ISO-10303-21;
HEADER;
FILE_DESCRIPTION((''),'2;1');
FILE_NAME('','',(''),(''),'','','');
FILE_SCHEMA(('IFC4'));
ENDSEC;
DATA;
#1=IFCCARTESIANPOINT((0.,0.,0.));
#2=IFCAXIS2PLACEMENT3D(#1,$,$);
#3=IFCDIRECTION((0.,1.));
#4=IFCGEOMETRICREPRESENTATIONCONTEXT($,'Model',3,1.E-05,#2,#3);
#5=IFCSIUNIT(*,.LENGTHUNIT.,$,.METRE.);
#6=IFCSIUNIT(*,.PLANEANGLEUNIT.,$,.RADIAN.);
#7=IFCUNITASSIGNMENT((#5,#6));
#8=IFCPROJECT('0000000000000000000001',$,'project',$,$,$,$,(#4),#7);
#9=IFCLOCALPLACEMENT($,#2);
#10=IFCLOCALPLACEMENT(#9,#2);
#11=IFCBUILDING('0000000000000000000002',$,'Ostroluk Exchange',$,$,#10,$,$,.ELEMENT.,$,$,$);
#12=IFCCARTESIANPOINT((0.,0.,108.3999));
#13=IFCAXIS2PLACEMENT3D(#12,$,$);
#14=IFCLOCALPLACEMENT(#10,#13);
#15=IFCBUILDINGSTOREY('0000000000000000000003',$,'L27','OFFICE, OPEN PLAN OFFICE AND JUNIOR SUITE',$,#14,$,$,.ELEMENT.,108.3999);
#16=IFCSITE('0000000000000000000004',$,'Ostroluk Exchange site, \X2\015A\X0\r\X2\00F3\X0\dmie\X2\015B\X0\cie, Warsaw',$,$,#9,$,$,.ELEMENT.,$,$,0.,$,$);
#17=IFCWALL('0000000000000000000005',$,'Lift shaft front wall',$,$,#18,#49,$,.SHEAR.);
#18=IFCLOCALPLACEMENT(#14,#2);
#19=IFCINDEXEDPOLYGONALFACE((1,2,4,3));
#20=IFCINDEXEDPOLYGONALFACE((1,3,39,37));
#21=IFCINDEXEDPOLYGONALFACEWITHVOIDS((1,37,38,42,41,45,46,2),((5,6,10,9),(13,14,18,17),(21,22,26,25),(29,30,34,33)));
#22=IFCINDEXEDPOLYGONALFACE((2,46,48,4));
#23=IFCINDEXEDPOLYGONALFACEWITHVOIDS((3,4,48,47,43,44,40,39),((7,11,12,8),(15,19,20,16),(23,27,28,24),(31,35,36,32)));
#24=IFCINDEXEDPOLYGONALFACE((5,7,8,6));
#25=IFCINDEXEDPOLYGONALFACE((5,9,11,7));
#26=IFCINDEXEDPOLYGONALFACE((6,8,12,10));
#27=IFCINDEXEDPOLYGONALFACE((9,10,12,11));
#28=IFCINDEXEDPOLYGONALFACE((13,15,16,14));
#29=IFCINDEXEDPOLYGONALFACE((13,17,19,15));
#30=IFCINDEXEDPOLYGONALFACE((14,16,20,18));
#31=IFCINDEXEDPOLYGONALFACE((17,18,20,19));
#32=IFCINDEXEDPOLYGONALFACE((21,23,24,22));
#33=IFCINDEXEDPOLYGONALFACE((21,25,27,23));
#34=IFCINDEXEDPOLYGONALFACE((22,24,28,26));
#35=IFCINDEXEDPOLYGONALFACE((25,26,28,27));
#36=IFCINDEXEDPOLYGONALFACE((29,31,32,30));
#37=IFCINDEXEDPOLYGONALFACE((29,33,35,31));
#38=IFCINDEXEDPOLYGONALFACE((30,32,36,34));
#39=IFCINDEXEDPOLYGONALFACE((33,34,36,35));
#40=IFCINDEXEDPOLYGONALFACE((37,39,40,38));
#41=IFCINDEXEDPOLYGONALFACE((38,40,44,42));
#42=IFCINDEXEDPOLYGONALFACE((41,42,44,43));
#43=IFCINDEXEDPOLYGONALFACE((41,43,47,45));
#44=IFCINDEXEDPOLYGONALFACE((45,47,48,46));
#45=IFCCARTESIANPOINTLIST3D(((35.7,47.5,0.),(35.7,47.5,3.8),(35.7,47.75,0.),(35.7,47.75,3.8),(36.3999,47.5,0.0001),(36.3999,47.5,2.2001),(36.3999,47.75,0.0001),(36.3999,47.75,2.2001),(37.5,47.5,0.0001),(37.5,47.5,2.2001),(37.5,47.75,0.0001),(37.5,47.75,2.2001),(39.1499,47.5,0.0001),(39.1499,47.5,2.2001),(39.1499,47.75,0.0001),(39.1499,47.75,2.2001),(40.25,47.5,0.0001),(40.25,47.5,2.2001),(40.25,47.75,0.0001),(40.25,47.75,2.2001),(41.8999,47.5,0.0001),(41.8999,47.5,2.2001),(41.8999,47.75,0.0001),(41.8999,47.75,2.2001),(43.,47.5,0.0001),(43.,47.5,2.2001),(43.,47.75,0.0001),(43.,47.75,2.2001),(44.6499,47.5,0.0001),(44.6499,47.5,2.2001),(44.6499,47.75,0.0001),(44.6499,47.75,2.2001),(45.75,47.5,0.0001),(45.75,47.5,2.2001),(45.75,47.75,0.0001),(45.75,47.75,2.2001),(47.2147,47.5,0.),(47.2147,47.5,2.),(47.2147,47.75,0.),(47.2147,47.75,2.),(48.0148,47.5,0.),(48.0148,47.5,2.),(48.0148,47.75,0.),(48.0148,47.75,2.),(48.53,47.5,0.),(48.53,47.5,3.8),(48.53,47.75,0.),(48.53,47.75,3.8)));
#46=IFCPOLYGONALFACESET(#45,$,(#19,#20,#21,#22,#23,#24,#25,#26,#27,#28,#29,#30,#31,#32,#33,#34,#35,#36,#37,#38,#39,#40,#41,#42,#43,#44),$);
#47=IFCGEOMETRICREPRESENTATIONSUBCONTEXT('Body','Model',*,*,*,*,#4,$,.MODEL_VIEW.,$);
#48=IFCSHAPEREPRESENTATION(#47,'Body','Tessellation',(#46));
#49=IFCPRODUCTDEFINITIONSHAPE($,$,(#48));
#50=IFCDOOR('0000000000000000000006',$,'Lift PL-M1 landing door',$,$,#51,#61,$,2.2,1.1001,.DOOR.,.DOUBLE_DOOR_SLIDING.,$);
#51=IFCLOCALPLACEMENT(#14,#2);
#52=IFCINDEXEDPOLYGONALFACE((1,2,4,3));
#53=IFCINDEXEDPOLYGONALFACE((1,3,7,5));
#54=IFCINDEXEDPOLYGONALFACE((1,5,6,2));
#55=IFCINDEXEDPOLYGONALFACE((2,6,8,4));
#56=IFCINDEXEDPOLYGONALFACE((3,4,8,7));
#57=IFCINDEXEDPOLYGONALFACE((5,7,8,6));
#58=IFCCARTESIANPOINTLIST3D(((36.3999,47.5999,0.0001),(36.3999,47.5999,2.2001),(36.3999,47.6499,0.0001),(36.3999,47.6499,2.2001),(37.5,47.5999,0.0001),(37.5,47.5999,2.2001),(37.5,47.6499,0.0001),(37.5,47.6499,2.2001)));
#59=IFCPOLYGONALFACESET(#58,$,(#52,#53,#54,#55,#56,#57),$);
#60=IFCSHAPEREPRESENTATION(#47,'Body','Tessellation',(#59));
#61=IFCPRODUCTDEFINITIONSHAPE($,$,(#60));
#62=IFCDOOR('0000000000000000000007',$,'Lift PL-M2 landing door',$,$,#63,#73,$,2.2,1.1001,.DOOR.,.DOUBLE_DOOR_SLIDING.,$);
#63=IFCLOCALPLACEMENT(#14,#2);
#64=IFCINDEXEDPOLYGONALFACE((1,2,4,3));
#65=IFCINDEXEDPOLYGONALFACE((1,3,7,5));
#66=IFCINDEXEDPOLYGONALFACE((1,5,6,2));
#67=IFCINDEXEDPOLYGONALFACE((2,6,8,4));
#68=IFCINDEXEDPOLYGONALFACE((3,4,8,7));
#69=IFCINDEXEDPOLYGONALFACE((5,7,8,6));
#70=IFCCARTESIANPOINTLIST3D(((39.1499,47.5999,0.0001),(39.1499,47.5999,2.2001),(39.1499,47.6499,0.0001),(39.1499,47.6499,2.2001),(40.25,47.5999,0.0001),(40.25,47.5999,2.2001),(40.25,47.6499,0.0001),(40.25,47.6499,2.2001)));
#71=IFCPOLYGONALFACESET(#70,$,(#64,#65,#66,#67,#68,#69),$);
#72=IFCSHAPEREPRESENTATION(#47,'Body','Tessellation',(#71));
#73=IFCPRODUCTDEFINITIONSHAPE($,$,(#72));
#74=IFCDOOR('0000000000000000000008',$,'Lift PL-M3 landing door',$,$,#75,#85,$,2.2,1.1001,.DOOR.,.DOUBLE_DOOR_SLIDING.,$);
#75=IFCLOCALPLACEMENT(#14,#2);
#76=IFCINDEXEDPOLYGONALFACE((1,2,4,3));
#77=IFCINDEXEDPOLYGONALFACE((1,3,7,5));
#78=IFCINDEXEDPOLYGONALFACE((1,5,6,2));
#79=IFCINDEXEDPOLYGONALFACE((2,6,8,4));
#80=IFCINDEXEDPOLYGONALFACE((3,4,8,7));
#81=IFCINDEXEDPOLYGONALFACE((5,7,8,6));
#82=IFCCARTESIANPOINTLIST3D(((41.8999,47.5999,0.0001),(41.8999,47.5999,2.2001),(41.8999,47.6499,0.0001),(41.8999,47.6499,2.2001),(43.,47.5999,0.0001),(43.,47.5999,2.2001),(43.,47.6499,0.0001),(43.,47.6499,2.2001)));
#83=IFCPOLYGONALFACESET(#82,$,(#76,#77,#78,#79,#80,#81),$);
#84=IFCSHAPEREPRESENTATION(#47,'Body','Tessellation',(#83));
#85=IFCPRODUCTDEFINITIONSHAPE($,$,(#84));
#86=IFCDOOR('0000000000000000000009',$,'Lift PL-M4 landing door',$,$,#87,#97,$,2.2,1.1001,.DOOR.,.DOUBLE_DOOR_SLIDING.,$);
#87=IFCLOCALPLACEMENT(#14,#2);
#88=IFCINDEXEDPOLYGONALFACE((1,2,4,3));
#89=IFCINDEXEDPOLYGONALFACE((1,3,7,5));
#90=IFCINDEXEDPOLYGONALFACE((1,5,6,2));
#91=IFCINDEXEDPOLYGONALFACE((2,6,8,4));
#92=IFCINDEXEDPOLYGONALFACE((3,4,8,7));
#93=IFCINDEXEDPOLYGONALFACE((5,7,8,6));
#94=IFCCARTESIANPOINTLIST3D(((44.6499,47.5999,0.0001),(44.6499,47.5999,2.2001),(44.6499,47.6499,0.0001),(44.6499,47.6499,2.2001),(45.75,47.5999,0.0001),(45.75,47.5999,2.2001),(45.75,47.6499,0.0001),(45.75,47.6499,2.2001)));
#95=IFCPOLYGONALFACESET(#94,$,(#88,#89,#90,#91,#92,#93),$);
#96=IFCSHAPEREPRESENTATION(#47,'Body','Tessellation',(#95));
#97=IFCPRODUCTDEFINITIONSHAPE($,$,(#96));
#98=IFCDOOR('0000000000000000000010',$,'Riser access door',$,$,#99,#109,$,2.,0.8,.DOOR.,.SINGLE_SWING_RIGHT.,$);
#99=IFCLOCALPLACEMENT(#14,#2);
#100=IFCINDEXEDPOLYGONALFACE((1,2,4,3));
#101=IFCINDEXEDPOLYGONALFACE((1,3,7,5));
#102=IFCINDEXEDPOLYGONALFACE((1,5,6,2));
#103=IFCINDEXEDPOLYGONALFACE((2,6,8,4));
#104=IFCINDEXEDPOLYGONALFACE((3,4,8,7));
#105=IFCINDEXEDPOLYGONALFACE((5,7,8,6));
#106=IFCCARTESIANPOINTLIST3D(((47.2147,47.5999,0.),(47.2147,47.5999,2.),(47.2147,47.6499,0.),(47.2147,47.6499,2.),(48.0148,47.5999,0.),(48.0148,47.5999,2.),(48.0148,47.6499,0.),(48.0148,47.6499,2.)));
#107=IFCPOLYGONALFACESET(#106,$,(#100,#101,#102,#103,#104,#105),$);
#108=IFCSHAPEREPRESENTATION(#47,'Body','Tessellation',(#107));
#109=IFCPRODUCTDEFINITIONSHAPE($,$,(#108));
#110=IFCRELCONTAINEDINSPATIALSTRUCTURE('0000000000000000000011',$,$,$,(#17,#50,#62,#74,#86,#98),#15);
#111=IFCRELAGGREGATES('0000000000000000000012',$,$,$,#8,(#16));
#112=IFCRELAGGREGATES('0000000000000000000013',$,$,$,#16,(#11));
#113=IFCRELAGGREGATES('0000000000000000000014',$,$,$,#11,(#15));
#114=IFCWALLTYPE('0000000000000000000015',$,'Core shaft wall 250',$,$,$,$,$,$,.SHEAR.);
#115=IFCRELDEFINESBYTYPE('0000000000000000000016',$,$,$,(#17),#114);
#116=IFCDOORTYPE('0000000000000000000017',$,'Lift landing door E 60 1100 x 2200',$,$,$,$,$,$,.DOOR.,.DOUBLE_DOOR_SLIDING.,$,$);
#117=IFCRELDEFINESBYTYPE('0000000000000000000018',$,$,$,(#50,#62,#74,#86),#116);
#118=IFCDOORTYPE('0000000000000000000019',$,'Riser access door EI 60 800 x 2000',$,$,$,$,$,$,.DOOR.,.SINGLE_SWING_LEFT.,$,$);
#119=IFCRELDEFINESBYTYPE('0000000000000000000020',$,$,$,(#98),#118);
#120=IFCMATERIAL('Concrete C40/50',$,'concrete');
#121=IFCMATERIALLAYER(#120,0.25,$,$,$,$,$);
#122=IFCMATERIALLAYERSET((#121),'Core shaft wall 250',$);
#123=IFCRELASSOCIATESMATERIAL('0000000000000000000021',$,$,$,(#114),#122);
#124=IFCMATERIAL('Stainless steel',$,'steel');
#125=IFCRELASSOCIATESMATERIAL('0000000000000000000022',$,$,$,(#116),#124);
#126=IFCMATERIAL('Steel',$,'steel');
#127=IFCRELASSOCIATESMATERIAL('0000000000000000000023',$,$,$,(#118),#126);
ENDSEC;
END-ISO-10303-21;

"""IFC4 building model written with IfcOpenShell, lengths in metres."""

from ifc_helpers import new_model, si_unit, direction, frame, frame_2d, origin, place, context, subcontext, project, spatial, rectangle, extrude, material, layer, layer_set, type_object, element, fill, save


model = new_model("IFC4")

# Units and contexts
model_context = context("Model", 3, precision=1e-05, world=origin(), true_north=direction((0.0, 1.0)))
body_context = subcontext(model_context, "Body", "Model", "MODEL_VIEW")
ifc_project = project(units=[si_unit("LENGTHUNIT", "METRE"), si_unit("PLANEANGLEUNIT", "RADIAN")], contexts=[model_context])

# Site, building, storey
site_placement = place(None, origin())
site = spatial("IfcSite", under=ifc_project, at=site_placement, Name="Ostroluk Exchange site, Śródmieście, Warsaw", CompositionType="ELEMENT", RefElevation=0.0)
building_placement = place(site_placement, origin())
building = spatial("IfcBuilding", under=site, at=building_placement, Name="Ostroluk Exchange", CompositionType="ELEMENT")
storey_placement = place(building_placement, frame((0.0, 0.0, 108.3999)))
storey = spatial("IfcBuildingStorey", under=building, at=storey_placement, Name="L27", Description="OFFICE, OPEN PLAN OFFICE AND JUNIOR SUITE", CompositionType="ELEMENT", Elevation=108.3999)

# Shared definitions
ifc_material_1 = material(Name="Concrete C40/50", Category="concrete")
ifc_layer_1 = layer(ifc_material_1, 0.25)
ifc_layer_set_1 = layer_set([ifc_layer_1], Name="Core shaft wall 250")
wall_type_1 = type_object("IfcWallType", Name="Core shaft wall 250", PredefinedType="SHEAR", material=ifc_layer_set_1)

# Wall, openings, doors
wall_1_placement = place(storey_placement, frame((35.7, 47.625, 0.0), z_axis=(0.0, 0.0, 1.0), x_axis=(1.0, 0.0, 0.0)))
wall_1 = element("IfcWall", 1, at=wall_1_placement, inside=storey, type_object=wall_type_1, Name="Lift shaft front wall", PredefinedType="SHEAR", context=body_context, shape_type="SweptSolid", body=[
    extrude(rectangle(XDim=12.8301, YDim=0.25, at=frame_2d((6.415, 0.0))), origin(), (0.0, 0.0, 1.0), 3.8),
])
opening_1_placement = place(wall_1_placement, frame((0.7, 0.0, 0.0)))
opening_1 = element("IfcOpeningElement", 2, at=opening_1_placement, cuts=wall_1, PredefinedType="OPENING", context=body_context, shape_type="SweptSolid", body=[
    extrude(rectangle(XDim=1.1001, YDim=2.2, at=frame_2d((0.55, 1.1001))), frame((0.0, 0.135, 0.0), z_axis=(0.0, -1.0, 0.0), x_axis=(1.0, 0.0, 0.0)), (0.0, 0.0, 1.0), 0.27),
])
opening_2_placement = place(wall_1_placement, frame((3.45, 0.0, 0.0)))
opening_2 = element("IfcOpeningElement", 3, at=opening_2_placement, cuts=wall_1, PredefinedType="OPENING", context=body_context, shape_type="SweptSolid", body=[
    extrude(rectangle(XDim=1.1001, YDim=2.2, at=frame_2d((0.55, 1.1001))), frame((0.0, 0.135, 0.0), z_axis=(0.0, -1.0, 0.0), x_axis=(1.0, 0.0, 0.0)), (0.0, 0.0, 1.0), 0.27),
])
opening_3_placement = place(wall_1_placement, frame((6.2, 0.0, 0.0)))
opening_3 = element("IfcOpeningElement", 4, at=opening_3_placement, cuts=wall_1, PredefinedType="OPENING", context=body_context, shape_type="SweptSolid", body=[
    extrude(rectangle(XDim=1.1001, YDim=2.2, at=frame_2d((0.55, 1.1001))), frame((0.0, 0.135, 0.0), z_axis=(0.0, -1.0, 0.0), x_axis=(1.0, 0.0, 0.0)), (0.0, 0.0, 1.0), 0.27),
])
opening_4_placement = place(wall_1_placement, frame((8.95, 0.0, 0.0)))
opening_4 = element("IfcOpeningElement", 5, at=opening_4_placement, cuts=wall_1, PredefinedType="OPENING", context=body_context, shape_type="SweptSolid", body=[
    extrude(rectangle(XDim=1.1001, YDim=2.2, at=frame_2d((0.55, 1.1001))), frame((0.0, 0.135, 0.0), z_axis=(0.0, -1.0, 0.0), x_axis=(1.0, 0.0, 0.0)), (0.0, 0.0, 1.0), 0.27),
])
opening_5_placement = place(wall_1_placement, frame((11.5149, 0.0, 0.0)))
opening_5 = element("IfcOpeningElement", 6, at=opening_5_placement, cuts=wall_1, PredefinedType="OPENING", context=body_context, shape_type="SweptSolid", body=[
    extrude(rectangle(XDim=0.8, YDim=2.0, at=frame_2d((0.3999, 1.0))), frame((0.0, 0.135, 0.0), z_axis=(0.0, -1.0, 0.0), x_axis=(1.0, 0.0, 0.0)), (0.0, 0.0, 1.0), 0.27),
])
ifc_material_2 = material(Name="Stainless steel", Category="steel")
door_type_1 = type_object("IfcDoorType", Name="Lift landing door E 60 1100 x 2200", OperationType="DOUBLE_DOOR_SLIDING", PredefinedType="DOOR", material=ifc_material_2)
door_1_placement = place(opening_1_placement, origin())
door_1 = element("IfcDoor", 7, at=door_1_placement, inside=storey, type_object=door_type_1, Name="Lift PL-M1 landing door", OperationType="DOUBLE_DOOR_SLIDING", OverallHeight=2.2, OverallWidth=1.1001, PredefinedType="DOOR", context=body_context, shape_type="SweptSolid", body=[
    extrude(rectangle(XDim=1.1001, YDim=2.2, at=frame_2d((0.55, 1.1001))), frame((0.0, 0.0249, 0.0), z_axis=(0.0, -1.0, 0.0), x_axis=(1.0, 0.0, 0.0)), (0.0, 0.0, 1.0), 0.05),
])
fill(opening_1, door_1)
door_2_placement = place(opening_2_placement, origin())
door_2 = element("IfcDoor", 8, at=door_2_placement, inside=storey, type_object=door_type_1, Name="Lift PL-M2 landing door", OperationType="DOUBLE_DOOR_SLIDING", OverallHeight=2.2, OverallWidth=1.1001, PredefinedType="DOOR", context=body_context, shape_type="SweptSolid", body=[
    extrude(rectangle(XDim=1.1001, YDim=2.2, at=frame_2d((0.55, 1.1001))), frame((0.0, 0.0249, 0.0), z_axis=(0.0, -1.0, 0.0), x_axis=(1.0, 0.0, 0.0)), (0.0, 0.0, 1.0), 0.05),
])
fill(opening_2, door_2)
door_3_placement = place(opening_3_placement, origin())
door_3 = element("IfcDoor", 9, at=door_3_placement, inside=storey, type_object=door_type_1, Name="Lift PL-M3 landing door", OperationType="DOUBLE_DOOR_SLIDING", OverallHeight=2.2, OverallWidth=1.1001, PredefinedType="DOOR", context=body_context, shape_type="SweptSolid", body=[
    extrude(rectangle(XDim=1.1001, YDim=2.2, at=frame_2d((0.55, 1.1001))), frame((0.0, 0.0249, 0.0), z_axis=(0.0, -1.0, 0.0), x_axis=(1.0, 0.0, 0.0)), (0.0, 0.0, 1.0), 0.05),
])
fill(opening_3, door_3)
door_4_placement = place(opening_4_placement, origin())
door_4 = element("IfcDoor", 10, at=door_4_placement, inside=storey, type_object=door_type_1, Name="Lift PL-M4 landing door", OperationType="DOUBLE_DOOR_SLIDING", OverallHeight=2.2, OverallWidth=1.1001, PredefinedType="DOOR", context=body_context, shape_type="SweptSolid", body=[
    extrude(rectangle(XDim=1.1001, YDim=2.2, at=frame_2d((0.55, 1.1001))), frame((0.0, 0.0249, 0.0), z_axis=(0.0, -1.0, 0.0), x_axis=(1.0, 0.0, 0.0)), (0.0, 0.0, 1.0), 0.05),
])
fill(opening_4, door_4)
ifc_material_3 = material(Name="Steel", Category="steel")
door_type_2 = type_object("IfcDoorType", Name="Riser access door EI 60 800 x 2000", OperationType="SINGLE_SWING_LEFT", PredefinedType="DOOR", material=ifc_material_3)
door_5_placement = place(opening_5_placement, origin())
door_5 = element("IfcDoor", 11, at=door_5_placement, inside=storey, type_object=door_type_2, Name="Riser access door", OperationType="SINGLE_SWING_RIGHT", OverallHeight=2.0, OverallWidth=0.8, PredefinedType="DOOR", context=body_context, shape_type="SweptSolid", body=[
    extrude(rectangle(XDim=0.8, YDim=2.0, at=frame_2d((0.3999, 1.0))), frame((0.0, 0.0249, 0.0), z_axis=(0.0, -1.0, 0.0), x_axis=(1.0, 0.0, 0.0)), (0.0, 0.0, 1.0), 0.05),
])
fill(opening_5, door_5)

save(model, "model.ifc")
